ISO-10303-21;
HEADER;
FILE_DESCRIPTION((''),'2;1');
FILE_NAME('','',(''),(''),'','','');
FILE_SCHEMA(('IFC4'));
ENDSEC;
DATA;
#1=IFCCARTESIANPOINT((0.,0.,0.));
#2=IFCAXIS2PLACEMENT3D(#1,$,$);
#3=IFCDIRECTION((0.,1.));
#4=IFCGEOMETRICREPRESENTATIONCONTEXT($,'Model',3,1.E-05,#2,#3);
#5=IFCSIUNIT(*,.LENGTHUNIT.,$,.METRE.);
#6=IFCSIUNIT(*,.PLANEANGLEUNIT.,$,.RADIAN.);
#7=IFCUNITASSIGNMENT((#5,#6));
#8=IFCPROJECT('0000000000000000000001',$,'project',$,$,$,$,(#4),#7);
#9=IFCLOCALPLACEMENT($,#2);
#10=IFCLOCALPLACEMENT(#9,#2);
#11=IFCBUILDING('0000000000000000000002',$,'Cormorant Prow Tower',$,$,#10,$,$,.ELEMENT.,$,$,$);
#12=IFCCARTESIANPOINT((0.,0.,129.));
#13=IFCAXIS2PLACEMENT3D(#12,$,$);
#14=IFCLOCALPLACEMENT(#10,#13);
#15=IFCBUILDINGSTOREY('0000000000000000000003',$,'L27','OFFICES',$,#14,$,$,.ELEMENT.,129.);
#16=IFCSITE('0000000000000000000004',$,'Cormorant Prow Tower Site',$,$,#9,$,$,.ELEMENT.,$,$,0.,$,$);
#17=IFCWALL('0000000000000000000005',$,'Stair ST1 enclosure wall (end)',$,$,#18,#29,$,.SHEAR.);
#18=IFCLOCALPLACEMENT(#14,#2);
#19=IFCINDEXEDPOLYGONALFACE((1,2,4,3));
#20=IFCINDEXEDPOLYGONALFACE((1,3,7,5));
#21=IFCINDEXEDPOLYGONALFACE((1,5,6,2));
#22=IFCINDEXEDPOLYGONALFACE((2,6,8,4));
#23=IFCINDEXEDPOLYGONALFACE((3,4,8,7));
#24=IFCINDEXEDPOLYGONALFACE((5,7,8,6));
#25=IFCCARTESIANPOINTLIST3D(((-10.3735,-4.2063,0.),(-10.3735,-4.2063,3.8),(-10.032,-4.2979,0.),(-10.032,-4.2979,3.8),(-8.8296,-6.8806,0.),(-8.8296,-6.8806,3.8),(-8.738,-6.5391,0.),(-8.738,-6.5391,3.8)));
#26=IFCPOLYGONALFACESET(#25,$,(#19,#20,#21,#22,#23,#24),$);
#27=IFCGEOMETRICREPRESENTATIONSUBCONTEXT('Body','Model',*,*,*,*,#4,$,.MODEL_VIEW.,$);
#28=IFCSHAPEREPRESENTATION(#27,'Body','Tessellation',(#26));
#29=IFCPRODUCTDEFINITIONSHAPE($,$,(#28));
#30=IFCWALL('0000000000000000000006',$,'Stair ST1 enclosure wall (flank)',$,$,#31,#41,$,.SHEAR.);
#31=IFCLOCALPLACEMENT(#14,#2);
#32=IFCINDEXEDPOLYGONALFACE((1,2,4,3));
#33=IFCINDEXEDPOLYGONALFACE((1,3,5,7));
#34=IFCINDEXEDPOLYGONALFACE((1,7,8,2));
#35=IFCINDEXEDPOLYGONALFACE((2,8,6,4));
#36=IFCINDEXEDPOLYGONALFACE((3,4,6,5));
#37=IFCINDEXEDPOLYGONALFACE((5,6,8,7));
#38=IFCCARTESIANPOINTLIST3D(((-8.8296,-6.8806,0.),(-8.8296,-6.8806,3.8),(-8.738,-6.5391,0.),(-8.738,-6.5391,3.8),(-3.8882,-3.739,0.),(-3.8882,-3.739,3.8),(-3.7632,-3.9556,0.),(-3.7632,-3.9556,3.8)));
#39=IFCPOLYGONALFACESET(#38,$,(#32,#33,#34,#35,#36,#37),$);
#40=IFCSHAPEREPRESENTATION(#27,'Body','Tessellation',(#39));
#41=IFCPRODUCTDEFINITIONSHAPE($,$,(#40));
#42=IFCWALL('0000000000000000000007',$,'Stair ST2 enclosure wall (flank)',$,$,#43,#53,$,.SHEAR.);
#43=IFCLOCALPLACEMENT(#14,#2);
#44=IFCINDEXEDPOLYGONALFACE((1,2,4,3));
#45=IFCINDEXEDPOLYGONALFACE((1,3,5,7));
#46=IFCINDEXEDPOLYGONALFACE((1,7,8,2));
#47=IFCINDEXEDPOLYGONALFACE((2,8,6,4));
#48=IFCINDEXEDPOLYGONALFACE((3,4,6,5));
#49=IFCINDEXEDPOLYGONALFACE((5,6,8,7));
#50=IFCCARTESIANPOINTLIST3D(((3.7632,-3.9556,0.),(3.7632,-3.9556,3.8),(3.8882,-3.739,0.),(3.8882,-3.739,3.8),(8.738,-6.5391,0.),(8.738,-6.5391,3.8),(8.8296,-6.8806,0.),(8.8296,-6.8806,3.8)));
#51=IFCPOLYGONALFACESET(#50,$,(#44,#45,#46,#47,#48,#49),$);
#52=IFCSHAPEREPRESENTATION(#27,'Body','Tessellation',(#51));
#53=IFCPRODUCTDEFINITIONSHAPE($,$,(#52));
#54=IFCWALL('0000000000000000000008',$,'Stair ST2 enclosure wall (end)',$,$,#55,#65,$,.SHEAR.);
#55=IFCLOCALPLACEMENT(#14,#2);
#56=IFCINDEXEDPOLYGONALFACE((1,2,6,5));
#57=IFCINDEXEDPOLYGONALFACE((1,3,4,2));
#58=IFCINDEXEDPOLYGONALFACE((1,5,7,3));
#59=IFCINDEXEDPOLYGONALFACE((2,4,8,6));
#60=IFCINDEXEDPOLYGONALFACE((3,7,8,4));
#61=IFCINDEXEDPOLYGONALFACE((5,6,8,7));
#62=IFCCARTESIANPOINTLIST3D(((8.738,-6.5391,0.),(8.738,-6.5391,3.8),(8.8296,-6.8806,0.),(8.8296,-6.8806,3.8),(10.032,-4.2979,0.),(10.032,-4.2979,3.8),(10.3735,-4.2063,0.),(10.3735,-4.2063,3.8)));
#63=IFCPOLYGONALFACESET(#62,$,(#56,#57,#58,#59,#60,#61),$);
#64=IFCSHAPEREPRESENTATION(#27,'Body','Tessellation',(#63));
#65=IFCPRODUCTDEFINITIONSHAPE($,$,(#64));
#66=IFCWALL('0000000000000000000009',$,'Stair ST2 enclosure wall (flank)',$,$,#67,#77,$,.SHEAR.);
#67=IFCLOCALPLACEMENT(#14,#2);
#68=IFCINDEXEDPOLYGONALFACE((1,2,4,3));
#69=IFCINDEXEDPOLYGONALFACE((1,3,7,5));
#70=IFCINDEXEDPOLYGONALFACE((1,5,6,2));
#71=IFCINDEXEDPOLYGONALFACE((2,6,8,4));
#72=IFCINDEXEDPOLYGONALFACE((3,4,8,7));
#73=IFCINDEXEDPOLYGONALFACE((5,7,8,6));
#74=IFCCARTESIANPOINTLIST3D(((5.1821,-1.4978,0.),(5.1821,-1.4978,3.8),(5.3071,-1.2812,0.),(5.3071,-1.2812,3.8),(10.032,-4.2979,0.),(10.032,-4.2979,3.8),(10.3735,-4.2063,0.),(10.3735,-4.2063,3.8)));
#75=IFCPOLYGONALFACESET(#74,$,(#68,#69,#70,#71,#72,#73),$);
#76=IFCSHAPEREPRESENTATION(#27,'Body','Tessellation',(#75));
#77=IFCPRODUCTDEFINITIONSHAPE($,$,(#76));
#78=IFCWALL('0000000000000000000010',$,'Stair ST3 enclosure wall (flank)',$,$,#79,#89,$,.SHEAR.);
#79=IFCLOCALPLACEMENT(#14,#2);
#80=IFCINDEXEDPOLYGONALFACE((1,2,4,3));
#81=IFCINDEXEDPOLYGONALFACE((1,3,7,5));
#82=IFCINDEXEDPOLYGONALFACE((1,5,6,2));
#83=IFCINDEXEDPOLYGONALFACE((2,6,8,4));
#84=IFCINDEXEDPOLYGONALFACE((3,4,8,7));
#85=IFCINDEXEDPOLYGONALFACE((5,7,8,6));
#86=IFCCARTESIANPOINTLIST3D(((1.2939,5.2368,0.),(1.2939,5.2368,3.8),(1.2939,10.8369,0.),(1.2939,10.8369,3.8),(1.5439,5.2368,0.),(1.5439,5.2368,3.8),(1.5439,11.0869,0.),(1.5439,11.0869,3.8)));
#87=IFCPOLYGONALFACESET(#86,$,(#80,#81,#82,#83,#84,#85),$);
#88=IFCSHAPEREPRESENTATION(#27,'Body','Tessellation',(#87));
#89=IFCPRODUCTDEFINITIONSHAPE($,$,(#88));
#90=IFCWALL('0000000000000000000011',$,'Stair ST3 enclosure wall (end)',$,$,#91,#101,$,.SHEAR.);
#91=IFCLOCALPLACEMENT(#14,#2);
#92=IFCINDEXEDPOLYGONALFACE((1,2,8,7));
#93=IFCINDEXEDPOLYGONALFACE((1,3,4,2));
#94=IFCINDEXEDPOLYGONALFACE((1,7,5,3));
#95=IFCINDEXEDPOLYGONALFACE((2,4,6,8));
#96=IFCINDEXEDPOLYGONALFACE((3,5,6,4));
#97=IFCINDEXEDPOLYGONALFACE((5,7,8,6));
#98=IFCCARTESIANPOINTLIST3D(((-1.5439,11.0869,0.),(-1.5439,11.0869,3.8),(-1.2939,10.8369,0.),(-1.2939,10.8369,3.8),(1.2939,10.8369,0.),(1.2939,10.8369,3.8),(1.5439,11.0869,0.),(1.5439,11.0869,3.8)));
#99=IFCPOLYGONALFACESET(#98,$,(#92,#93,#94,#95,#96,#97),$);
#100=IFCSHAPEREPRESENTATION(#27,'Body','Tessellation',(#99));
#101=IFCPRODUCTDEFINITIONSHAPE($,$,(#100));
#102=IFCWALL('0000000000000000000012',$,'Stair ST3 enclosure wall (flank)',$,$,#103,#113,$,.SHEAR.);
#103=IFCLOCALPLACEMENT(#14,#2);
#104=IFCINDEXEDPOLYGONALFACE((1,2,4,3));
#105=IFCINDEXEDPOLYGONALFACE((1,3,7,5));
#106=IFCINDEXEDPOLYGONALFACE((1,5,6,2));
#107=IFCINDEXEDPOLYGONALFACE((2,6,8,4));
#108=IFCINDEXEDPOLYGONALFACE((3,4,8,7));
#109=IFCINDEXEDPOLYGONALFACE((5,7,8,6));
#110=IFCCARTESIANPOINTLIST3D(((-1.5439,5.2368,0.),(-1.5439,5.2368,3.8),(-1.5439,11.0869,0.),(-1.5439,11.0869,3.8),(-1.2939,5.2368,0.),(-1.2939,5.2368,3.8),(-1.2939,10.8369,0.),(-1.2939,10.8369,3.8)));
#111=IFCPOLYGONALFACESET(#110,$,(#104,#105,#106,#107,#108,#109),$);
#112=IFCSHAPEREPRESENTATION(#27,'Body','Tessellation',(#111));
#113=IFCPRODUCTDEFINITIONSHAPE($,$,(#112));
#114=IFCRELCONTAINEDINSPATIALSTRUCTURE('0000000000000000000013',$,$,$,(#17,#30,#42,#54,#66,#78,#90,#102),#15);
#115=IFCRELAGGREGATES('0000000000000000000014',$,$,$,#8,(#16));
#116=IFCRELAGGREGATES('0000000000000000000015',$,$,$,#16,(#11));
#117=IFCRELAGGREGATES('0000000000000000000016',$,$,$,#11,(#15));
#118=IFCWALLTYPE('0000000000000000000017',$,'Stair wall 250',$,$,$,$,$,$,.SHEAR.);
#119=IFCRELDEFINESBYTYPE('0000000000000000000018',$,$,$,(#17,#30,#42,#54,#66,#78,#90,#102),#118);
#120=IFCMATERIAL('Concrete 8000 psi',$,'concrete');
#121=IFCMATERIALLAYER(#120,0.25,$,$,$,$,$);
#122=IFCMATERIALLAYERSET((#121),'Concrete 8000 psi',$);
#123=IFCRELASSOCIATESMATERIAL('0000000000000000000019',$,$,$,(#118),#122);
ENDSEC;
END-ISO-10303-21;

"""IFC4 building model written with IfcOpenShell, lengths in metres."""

from ifc_helpers import new_model, si_unit, direction, frame, origin, place, context, subcontext, project, spatial, polyline, outline, extrude, material, layer, layer_set, type_object, element, save


model = new_model("IFC4")

# Units and contexts
model_context = context("Model", 3, precision=1e-05, world=origin(), true_north=direction((0.0, 1.0)))
body_context = subcontext(model_context, "Body", "Model", "MODEL_VIEW")
ifc_project = project(units=[si_unit("LENGTHUNIT", "METRE"), si_unit("PLANEANGLEUNIT", "RADIAN")], contexts=[model_context])

# Site, building, storey
site_placement = place(None, origin())
site = spatial("IfcSite", under=ifc_project, at=site_placement, Name="Cormorant Prow Tower Site", CompositionType="ELEMENT", RefElevation=0.0)
building_placement = place(site_placement, origin())
building = spatial("IfcBuilding", under=site, at=building_placement, Name="Cormorant Prow Tower", CompositionType="ELEMENT")
storey_placement = place(building_placement, frame((0.0, 0.0, 129.0)))
storey = spatial("IfcBuildingStorey", under=building, at=storey_placement, Name="L27", Description="OFFICES", CompositionType="ELEMENT", Elevation=129.0)

# Walls
ifc_material_1 = material(Name="Concrete 8000 psi", Category="concrete")
ifc_layer_1 = layer(ifc_material_1, 0.25)
ifc_layer_set_1 = layer_set([ifc_layer_1], Name="Concrete 8000 psi")
wall_type_1 = type_object("IfcWallType", Name="Stair wall 250", PredefinedType="SHEAR", material=ifc_layer_set_1)
wall_1_placement = place(storey_placement, origin())
element("IfcWall", 1, at=wall_1_placement, inside=storey, type_object=wall_type_1, Name="Stair ST1 enclosure wall (end)", PredefinedType="SHEAR", context=body_context, shape_type="SweptSolid", body=[
    extrude(outline(polyline([(-10.3735, -4.2063), (-8.8296, -6.8806), (-8.738, -6.5391), (-10.032, -4.2979), (-10.3735, -4.2063)])), origin(), (0.0, 0.0, 1.0), 3.8),
])
wall_2_placement = place(storey_placement, origin())
element("IfcWall", 2, at=wall_2_placement, inside=storey, type_object=wall_type_1, Name="Stair ST1 enclosure wall (flank)", PredefinedType="SHEAR", context=body_context, shape_type="SweptSolid", body=[
    extrude(outline(polyline([(-8.738, -6.5391), (-8.8296, -6.8806), (-3.7632, -3.9556), (-3.8882, -3.739), (-8.738, -6.5391)])), origin(), (0.0, 0.0, 1.0), 3.8),
])
wall_3_placement = place(storey_placement, origin())
element("IfcWall", 3, at=wall_3_placement, inside=storey, type_object=wall_type_1, Name="Stair ST2 enclosure wall (flank)", PredefinedType="SHEAR", context=body_context, shape_type="SweptSolid", body=[
    extrude(outline(polyline([(3.7632, -3.9556), (8.8296, -6.8806), (8.738, -6.5391), (3.8882, -3.739), (3.7632, -3.9556)])), origin(), (0.0, 0.0, 1.0), 3.8),
])
wall_4_placement = place(storey_placement, origin())
element("IfcWall", 4, at=wall_4_placement, inside=storey, type_object=wall_type_1, Name="Stair ST2 enclosure wall (end)", PredefinedType="SHEAR", context=body_context, shape_type="SweptSolid", body=[
    extrude(outline(polyline([(8.8296, -6.8806), (10.3735, -4.2063), (10.032, -4.2979), (8.738, -6.5391), (8.8296, -6.8806)])), origin(), (0.0, 0.0, 1.0), 3.8),
])
wall_5_placement = place(storey_placement, origin())
element("IfcWall", 5, at=wall_5_placement, inside=storey, type_object=wall_type_1, Name="Stair ST2 enclosure wall (flank)", PredefinedType="SHEAR", context=body_context, shape_type="SweptSolid", body=[
    extrude(outline(polyline([(10.032, -4.2979), (10.3735, -4.2063), (5.3071, -1.2812), (5.1821, -1.4978), (10.032, -4.2979)])), origin(), (0.0, 0.0, 1.0), 3.8),
])
wall_6_placement = place(storey_placement, origin())
element("IfcWall", 6, at=wall_6_placement, inside=storey, type_object=wall_type_1, Name="Stair ST3 enclosure wall (flank)", PredefinedType="SHEAR", context=body_context, shape_type="SweptSolid", body=[
    extrude(outline(polyline([(1.5439, 5.2368), (1.5439, 11.0869), (1.2939, 10.8369), (1.2939, 5.2368), (1.5439, 5.2368)])), origin(), (0.0, 0.0, 1.0), 3.8),
])
wall_7_placement = place(storey_placement, origin())
element("IfcWall", 7, at=wall_7_placement, inside=storey, type_object=wall_type_1, Name="Stair ST3 enclosure wall (end)", PredefinedType="SHEAR", context=body_context, shape_type="SweptSolid", body=[
    extrude(outline(polyline([(1.5439, 11.0869), (-1.5439, 11.0869), (-1.2939, 10.8369), (1.2939, 10.8369), (1.5439, 11.0869)])), origin(), (0.0, 0.0, 1.0), 3.8),
])
wall_8_placement = place(storey_placement, origin())
element("IfcWall", 8, at=wall_8_placement, inside=storey, type_object=wall_type_1, Name="Stair ST3 enclosure wall (flank)", PredefinedType="SHEAR", context=body_context, shape_type="SweptSolid", body=[
    extrude(outline(polyline([(-1.2939, 10.8369), (-1.5439, 11.0869), (-1.5439, 5.2368), (-1.2939, 5.2368), (-1.2939, 10.8369)])), origin(), (0.0, 0.0, 1.0), 3.8),
])

save(model, "model.ifc")
